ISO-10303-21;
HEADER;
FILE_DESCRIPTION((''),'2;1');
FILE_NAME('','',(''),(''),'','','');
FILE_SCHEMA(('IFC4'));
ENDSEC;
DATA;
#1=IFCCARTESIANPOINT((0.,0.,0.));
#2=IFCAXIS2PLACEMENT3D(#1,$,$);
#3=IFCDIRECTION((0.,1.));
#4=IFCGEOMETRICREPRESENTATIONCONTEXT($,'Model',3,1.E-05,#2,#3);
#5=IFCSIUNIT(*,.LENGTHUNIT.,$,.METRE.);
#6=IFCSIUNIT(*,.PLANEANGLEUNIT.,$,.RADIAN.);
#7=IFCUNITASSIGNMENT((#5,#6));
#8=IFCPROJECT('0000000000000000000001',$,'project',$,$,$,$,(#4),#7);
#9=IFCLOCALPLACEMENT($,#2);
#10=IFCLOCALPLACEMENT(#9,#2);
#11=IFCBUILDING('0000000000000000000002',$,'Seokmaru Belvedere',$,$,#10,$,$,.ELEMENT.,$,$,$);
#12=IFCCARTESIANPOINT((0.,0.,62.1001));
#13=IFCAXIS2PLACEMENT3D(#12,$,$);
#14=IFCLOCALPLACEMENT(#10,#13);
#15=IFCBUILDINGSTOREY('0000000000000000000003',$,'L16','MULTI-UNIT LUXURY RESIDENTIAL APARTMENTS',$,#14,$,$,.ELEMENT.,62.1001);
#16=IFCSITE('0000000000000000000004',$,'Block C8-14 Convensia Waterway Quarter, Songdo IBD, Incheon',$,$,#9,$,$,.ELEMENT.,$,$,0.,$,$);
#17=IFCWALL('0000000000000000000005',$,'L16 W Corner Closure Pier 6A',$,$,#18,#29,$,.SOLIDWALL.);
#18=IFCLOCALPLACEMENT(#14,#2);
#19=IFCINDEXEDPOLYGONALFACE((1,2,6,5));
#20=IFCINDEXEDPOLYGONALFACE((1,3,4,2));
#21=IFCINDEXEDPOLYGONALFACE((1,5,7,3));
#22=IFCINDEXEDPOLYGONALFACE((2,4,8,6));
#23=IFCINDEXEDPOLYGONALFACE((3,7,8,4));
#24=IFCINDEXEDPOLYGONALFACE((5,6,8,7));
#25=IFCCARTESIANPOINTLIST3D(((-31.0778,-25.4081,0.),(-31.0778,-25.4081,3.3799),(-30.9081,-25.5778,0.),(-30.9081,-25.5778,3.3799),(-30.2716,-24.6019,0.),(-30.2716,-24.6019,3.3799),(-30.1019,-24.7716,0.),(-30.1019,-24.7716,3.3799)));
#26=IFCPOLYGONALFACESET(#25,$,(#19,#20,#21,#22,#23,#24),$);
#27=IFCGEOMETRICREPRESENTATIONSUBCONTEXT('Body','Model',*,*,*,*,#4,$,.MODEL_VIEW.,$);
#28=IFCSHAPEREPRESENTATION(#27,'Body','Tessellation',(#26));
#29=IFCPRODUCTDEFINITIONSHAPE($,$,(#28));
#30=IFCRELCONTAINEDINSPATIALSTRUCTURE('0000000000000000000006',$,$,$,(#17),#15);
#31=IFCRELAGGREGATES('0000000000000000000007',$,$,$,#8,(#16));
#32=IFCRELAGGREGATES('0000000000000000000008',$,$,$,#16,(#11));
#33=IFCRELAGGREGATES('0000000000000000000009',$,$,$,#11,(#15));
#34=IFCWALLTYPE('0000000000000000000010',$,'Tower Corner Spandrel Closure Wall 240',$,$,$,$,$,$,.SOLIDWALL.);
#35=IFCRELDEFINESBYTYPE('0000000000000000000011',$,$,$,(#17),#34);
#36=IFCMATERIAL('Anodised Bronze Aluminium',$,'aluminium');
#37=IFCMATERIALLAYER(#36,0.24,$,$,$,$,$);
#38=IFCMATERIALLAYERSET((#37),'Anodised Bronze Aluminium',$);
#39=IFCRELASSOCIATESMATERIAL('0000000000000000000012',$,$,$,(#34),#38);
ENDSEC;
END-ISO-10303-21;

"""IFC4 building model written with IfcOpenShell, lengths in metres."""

from ifc_helpers import new_model, si_unit, direction, frame, frame_2d, origin, place, context, subcontext, project, spatial, rectangle, extrude, material, layer, layer_set, type_object, element, save


model = new_model("IFC4")

# Units and contexts
model_context = context("Model", 3, precision=1e-05, world=origin(), true_north=direction((0.0, 1.0)))
body_context = subcontext(model_context, "Body", "Model", "MODEL_VIEW")
ifc_project = project(units=[si_unit("LENGTHUNIT", "METRE"), si_unit("PLANEANGLEUNIT", "RADIAN")], contexts=[model_context])

# Site, building, storey
site_placement = place(None, origin())
site = spatial("IfcSite", under=ifc_project, at=site_placement, Name="Block C8-14 Convensia Waterway Quarter, Songdo IBD, Incheon", CompositionType="ELEMENT", RefElevation=0.0)
building_placement = place(site_placement, origin())
building = spatial("IfcBuilding", under=site, at=building_placement, Name="Seokmaru Belvedere", CompositionType="ELEMENT")
storey_placement = place(building_placement, frame((0.0, 0.0, 62.1001)))
storey = spatial("IfcBuildingStorey", under=building, at=storey_placement, Name="L16", Description="MULTI-UNIT LUXURY RESIDENTIAL APARTMENTS", CompositionType="ELEMENT", Elevation=62.1001)

# Shared definitions
ifc_material_1 = material(Name="Anodised Bronze Aluminium", Category="aluminium")

# Wall
ifc_layer_1 = layer(ifc_material_1, 0.24)
ifc_layer_set_1 = layer_set([ifc_layer_1], Name="Anodised Bronze Aluminium")
wall_type_1 = type_object("IfcWallType", Name="Tower Corner Spandrel Closure Wall 240", PredefinedType="SOLIDWALL", material=ifc_layer_set_1)
wall_1_placement = place(storey_placement, frame((-30.9929, -25.4929, 0.0), z_axis=(0.0, 0.0, 1.0), x_axis=(0.707107, 0.707107, 0.0)))
element("IfcWall", 1, at=wall_1_placement, inside=storey, type_object=wall_type_1, Name="L16 W Corner Closure Pier 6A", PredefinedType="SOLIDWALL", context=body_context, shape_type="SweptSolid", body=[
    extrude(rectangle(XDim=1.1401, YDim=0.24, at=frame_2d((0.5701, 0.0))), origin(), (0.0, 0.0, 1.0), 3.3799),
])

save(model, "model.ifc")
